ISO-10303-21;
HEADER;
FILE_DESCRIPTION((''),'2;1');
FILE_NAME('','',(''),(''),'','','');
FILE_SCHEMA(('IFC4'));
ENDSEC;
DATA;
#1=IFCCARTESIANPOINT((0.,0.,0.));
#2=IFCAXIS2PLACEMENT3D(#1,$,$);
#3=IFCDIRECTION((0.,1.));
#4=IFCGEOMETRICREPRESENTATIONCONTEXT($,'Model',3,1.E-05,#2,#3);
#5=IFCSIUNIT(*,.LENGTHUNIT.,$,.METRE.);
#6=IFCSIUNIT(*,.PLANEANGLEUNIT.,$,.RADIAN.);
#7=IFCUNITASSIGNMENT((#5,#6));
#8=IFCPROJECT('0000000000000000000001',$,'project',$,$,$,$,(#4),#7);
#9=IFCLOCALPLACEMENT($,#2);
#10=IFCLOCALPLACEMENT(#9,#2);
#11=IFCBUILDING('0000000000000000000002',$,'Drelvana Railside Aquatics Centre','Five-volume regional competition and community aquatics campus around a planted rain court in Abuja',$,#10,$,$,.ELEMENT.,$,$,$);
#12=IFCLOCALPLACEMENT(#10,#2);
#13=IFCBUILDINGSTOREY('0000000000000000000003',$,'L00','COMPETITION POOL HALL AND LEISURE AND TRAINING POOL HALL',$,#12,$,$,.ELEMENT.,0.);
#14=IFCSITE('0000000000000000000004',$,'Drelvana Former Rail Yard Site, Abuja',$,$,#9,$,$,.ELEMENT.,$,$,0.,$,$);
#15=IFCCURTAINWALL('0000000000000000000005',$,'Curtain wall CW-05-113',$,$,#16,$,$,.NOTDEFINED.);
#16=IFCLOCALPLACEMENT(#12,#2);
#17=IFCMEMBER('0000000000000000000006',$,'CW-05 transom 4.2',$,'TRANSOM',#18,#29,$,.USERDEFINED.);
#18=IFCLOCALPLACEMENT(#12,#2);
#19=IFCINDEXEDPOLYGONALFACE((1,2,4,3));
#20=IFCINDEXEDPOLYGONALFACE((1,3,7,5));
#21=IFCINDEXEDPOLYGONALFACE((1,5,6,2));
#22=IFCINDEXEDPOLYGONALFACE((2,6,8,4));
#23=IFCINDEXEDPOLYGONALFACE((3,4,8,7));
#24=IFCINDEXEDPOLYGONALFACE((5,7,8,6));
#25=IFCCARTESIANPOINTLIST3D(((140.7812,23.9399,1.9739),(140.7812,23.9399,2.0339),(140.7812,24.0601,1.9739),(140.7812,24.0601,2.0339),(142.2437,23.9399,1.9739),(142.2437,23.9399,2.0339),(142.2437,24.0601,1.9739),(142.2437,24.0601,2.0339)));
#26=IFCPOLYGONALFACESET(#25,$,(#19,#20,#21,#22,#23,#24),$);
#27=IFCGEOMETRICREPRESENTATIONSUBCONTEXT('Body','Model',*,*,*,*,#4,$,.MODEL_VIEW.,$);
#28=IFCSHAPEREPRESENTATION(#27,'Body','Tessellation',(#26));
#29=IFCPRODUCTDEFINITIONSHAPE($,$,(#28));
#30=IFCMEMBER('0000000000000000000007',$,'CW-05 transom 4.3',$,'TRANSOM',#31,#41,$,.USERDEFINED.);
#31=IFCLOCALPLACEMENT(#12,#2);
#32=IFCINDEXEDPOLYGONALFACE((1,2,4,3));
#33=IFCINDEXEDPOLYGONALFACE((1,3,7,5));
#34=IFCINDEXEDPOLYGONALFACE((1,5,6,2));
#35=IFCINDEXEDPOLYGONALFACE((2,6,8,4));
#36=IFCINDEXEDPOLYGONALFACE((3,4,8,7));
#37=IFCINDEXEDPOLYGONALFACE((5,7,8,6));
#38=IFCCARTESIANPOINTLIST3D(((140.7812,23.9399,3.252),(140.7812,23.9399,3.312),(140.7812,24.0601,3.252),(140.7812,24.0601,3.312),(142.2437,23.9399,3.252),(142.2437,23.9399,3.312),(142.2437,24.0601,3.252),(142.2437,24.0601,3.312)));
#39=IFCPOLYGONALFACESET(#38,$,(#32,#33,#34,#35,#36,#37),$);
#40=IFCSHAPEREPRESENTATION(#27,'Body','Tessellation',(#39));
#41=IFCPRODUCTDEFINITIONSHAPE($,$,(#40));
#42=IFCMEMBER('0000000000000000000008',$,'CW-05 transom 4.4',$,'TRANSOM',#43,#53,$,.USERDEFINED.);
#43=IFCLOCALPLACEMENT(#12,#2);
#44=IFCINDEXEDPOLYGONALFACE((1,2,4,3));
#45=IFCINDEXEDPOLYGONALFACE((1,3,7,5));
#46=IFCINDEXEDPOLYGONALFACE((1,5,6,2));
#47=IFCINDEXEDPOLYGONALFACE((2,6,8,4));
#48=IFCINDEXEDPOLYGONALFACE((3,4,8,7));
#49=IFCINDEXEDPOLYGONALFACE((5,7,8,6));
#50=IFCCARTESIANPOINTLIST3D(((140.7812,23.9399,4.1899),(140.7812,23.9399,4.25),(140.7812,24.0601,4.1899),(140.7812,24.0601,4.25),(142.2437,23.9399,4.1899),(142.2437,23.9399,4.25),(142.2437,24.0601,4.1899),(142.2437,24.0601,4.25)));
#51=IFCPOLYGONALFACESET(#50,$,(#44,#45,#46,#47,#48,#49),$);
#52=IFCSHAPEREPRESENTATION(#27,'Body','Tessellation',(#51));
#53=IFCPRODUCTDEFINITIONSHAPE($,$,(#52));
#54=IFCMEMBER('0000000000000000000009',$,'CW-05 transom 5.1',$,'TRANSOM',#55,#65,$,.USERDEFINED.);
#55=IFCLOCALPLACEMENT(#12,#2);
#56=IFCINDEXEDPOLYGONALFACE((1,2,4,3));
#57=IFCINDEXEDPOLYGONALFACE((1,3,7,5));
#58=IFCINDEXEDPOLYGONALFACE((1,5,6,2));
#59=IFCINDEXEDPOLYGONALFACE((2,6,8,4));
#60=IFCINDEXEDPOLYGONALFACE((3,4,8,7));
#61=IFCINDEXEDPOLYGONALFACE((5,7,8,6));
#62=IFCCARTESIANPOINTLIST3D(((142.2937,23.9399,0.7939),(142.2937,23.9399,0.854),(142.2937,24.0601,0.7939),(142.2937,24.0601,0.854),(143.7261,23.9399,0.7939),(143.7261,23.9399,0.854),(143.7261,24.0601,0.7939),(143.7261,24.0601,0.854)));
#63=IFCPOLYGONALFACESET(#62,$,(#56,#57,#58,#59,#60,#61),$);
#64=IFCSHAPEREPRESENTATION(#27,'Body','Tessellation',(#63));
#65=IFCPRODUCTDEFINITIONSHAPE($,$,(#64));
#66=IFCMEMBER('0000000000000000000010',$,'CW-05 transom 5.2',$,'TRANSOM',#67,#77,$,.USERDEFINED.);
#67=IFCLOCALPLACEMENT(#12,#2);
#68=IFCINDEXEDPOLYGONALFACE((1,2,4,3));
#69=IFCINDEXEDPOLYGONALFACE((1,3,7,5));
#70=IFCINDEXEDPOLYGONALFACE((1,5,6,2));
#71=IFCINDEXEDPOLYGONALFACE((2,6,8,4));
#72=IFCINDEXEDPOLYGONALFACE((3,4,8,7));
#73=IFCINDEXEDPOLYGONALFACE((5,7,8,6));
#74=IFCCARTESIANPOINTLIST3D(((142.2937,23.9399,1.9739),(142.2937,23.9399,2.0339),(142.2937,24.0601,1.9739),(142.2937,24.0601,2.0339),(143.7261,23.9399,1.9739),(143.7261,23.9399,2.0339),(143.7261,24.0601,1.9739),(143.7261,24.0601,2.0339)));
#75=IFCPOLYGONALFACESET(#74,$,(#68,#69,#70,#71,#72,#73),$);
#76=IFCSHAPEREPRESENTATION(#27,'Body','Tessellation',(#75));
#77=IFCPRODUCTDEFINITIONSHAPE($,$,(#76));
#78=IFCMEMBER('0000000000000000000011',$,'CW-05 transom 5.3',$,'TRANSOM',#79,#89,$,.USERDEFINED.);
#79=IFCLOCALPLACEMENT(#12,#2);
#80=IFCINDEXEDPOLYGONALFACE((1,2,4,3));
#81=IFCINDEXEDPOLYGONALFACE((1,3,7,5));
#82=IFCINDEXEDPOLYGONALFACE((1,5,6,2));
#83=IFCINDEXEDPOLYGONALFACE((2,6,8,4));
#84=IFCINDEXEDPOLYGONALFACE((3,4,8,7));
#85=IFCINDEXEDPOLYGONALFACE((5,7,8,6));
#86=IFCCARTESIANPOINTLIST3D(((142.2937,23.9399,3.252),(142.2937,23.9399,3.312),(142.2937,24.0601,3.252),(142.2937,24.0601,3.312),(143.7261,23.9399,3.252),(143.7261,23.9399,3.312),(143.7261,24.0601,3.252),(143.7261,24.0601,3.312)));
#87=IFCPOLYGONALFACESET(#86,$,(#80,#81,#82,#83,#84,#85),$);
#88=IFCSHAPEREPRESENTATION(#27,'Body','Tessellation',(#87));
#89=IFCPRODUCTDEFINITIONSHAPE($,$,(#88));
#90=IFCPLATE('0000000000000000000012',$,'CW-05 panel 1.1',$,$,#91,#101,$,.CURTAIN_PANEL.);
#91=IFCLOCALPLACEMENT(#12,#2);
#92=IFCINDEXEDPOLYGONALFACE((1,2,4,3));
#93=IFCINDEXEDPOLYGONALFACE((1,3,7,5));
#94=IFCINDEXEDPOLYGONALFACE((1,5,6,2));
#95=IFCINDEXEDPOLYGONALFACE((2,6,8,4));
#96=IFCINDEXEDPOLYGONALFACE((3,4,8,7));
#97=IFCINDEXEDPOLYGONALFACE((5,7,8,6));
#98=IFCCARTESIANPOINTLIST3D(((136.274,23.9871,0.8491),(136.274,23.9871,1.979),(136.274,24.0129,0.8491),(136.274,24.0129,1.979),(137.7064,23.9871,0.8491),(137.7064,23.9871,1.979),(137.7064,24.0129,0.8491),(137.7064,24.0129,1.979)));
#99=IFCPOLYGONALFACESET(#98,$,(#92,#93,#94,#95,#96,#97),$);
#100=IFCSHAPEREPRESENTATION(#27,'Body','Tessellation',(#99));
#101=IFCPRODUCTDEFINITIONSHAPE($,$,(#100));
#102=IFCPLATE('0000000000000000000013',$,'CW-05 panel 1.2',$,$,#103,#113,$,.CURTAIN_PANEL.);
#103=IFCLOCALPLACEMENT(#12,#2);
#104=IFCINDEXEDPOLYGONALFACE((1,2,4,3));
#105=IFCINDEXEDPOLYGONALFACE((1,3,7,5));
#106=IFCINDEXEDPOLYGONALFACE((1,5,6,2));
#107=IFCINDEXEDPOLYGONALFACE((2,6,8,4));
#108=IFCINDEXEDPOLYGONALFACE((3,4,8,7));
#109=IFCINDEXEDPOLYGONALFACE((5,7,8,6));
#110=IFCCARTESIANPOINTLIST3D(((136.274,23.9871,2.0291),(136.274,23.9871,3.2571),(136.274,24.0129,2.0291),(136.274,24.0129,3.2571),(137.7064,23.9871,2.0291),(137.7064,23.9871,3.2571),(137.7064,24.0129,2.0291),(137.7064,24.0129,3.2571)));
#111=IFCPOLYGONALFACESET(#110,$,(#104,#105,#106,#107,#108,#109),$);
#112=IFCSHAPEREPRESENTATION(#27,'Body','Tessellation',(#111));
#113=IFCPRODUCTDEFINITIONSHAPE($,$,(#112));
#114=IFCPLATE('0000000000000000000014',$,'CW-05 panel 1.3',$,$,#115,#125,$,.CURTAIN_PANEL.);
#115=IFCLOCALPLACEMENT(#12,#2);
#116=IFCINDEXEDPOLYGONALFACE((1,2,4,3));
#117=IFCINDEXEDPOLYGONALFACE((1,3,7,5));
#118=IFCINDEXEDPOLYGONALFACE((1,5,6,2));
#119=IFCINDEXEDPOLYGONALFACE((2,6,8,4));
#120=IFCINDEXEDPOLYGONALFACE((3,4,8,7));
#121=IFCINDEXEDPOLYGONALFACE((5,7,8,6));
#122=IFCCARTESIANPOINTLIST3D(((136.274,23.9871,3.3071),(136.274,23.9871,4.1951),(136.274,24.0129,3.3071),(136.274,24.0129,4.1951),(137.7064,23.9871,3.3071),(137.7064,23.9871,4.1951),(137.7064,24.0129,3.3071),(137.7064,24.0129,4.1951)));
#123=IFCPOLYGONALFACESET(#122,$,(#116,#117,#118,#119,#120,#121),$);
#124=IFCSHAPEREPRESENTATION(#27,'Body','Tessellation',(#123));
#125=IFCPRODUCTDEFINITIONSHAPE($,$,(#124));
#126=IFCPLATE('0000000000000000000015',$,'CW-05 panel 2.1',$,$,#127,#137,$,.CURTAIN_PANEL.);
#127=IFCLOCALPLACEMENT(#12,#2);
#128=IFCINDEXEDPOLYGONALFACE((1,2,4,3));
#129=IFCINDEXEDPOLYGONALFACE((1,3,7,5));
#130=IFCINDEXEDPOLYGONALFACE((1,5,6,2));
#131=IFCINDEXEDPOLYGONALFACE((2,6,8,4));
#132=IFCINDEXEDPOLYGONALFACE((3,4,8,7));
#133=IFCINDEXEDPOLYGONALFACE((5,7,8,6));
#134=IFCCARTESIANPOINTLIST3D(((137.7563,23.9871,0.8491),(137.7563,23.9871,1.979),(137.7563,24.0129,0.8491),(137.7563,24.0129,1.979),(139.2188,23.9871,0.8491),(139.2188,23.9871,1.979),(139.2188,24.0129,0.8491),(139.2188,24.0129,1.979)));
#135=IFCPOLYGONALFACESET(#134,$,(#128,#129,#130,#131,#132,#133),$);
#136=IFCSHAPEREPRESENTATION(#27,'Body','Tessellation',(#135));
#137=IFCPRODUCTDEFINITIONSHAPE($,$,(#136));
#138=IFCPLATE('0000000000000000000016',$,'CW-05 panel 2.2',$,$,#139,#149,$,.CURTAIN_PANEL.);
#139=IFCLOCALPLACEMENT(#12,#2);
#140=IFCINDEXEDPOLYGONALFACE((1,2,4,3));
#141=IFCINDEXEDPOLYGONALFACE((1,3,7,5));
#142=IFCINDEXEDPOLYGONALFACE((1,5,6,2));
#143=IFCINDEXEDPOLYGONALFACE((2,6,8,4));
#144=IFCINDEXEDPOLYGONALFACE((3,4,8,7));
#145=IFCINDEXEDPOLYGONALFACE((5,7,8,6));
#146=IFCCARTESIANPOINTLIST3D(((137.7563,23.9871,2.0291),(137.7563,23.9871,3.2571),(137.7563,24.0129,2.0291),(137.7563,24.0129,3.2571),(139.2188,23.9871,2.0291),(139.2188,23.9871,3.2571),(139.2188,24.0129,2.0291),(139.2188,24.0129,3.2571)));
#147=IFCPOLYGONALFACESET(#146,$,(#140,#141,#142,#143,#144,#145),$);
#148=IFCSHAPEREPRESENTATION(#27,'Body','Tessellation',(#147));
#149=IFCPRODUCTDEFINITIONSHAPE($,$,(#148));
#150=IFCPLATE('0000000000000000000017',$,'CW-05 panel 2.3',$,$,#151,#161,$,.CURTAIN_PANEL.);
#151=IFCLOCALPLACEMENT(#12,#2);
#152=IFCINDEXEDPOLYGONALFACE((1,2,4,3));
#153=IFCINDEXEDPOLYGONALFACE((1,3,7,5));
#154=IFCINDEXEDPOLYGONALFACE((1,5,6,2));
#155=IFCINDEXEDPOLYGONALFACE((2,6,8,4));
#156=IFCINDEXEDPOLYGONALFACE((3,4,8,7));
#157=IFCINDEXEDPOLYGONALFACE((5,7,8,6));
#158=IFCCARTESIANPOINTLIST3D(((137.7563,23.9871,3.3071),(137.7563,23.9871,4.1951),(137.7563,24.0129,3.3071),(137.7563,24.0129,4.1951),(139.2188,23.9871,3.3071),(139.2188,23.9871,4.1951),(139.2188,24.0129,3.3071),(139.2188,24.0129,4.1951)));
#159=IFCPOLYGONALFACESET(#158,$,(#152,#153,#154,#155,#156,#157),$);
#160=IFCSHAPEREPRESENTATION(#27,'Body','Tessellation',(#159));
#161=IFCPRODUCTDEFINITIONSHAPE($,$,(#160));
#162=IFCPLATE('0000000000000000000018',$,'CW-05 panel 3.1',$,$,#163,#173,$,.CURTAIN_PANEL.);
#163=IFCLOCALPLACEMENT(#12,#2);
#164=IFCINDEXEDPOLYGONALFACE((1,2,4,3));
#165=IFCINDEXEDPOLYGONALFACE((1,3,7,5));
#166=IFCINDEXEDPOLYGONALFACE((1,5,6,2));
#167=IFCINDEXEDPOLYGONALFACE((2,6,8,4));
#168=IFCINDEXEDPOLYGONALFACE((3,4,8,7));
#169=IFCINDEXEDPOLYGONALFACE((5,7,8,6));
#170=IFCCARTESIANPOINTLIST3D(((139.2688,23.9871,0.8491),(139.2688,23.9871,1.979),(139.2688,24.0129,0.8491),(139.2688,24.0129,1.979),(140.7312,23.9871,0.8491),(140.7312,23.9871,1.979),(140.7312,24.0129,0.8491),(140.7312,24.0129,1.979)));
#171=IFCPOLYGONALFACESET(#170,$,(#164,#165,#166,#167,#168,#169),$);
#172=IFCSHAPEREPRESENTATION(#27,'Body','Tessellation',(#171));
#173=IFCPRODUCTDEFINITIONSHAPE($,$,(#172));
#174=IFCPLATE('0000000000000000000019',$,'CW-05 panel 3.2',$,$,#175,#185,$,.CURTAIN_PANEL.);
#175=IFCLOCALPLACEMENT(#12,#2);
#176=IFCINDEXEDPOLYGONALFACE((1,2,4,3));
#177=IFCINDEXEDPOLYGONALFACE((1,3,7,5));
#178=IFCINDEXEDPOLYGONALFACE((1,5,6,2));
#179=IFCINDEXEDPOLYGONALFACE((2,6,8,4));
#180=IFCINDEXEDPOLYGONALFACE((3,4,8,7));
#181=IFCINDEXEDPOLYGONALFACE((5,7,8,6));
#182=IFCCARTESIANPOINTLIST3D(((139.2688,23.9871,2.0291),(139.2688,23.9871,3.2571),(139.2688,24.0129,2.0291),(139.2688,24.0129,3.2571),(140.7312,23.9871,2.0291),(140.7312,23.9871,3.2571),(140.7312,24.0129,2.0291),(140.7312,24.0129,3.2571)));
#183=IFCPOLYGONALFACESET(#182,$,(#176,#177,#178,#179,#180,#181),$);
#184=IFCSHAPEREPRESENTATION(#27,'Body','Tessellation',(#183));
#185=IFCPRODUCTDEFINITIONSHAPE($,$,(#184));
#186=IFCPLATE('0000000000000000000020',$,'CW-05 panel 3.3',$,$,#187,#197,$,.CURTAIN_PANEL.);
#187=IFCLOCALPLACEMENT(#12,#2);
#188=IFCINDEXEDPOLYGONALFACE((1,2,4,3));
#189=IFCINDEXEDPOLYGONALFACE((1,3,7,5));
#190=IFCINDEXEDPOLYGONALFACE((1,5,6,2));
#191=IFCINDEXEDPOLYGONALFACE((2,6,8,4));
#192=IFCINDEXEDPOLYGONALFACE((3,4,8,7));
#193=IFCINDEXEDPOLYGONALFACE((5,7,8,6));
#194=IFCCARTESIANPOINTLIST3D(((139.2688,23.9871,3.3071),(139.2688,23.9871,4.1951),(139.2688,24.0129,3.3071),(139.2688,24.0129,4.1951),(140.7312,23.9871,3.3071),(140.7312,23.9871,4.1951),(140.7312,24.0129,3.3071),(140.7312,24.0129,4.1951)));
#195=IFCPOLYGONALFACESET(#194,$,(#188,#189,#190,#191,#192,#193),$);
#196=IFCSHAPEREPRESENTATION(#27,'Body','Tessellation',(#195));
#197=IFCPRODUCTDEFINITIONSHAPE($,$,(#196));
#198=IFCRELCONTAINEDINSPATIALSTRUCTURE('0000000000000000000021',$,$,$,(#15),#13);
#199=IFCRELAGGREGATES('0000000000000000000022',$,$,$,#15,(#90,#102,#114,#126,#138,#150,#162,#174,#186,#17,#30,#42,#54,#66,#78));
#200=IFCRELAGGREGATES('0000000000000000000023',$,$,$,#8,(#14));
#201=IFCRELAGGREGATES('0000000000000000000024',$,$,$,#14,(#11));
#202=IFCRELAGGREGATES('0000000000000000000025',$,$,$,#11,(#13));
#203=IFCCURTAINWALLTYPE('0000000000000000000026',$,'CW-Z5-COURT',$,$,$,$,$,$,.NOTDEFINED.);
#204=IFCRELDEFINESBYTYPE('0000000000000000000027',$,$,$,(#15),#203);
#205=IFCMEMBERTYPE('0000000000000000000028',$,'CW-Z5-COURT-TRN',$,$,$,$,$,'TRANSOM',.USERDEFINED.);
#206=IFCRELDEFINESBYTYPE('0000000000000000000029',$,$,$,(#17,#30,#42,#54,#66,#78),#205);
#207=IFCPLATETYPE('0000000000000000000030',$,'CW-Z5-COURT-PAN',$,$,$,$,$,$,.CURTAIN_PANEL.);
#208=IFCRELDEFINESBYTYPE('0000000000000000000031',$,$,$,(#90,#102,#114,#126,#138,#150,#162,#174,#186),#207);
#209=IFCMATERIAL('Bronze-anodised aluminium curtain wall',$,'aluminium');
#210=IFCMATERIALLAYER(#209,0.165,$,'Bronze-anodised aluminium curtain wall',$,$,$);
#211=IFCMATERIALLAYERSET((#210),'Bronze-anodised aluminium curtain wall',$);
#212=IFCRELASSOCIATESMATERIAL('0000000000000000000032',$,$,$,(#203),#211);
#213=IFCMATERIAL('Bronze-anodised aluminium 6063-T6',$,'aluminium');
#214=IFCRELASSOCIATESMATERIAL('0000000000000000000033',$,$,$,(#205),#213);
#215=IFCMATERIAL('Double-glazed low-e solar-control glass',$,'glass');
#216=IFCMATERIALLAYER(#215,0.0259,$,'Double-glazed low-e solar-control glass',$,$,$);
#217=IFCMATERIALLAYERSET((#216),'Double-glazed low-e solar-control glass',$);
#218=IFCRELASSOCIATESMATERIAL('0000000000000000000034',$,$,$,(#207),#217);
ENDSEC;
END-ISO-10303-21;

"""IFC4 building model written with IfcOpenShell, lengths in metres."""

from ifc_helpers import new_model, si_unit, direction, frame, origin, origin_2d, place, context, subcontext, project, spatial, rectangle, extrude, material, layer, layer_set, material_profile, profile_set, type_object, element, aggregate, save


model = new_model("IFC4")

# Units and contexts
model_context = context("Model", 3, precision=1e-05, world=origin(), true_north=direction((0.0, 1.0)))
body_context = subcontext(model_context, "Body", "Model", "MODEL_VIEW")
ifc_project = project(units=[si_unit("LENGTHUNIT", "METRE"), si_unit("PLANEANGLEUNIT", "RADIAN")], contexts=[model_context])

# Site, building, storey
site_placement = place(None, origin())
site = spatial("IfcSite", under=ifc_project, at=site_placement, Name="Drelvana Former Rail Yard Site, Abuja", CompositionType="ELEMENT", RefElevation=0.0)
building_placement = place(site_placement, origin())
building = spatial("IfcBuilding", under=site, at=building_placement, Name="Drelvana Railside Aquatics Centre", Description="Five-volume regional competition and community aquatics campus around a planted rain court in Abuja", CompositionType="ELEMENT")
storey_placement = place(building_placement, origin())
storey = spatial("IfcBuildingStorey", under=building, at=storey_placement, Name="L00", Description="COMPETITION POOL HALL AND LEISURE AND TRAINING POOL HALL", CompositionType="ELEMENT", Elevation=0.0)

# Curtain wall, members, plates
ifc_material_1 = material(Name="Bronze-anodised aluminium curtain wall", Category="aluminium")
ifc_layer_1 = layer(ifc_material_1, 0.165, Name="Bronze-anodised aluminium curtain wall")
ifc_layer_set_1 = layer_set([ifc_layer_1], Name="Bronze-anodised aluminium curtain wall")
curtain_wall_type = type_object("IfcCurtainWallType", Name="CW-Z5-COURT", PredefinedType="NOTDEFINED", material=ifc_layer_set_1)
curtain_wall_placement = place(storey_placement, origin())
curtain_wall = element("IfcCurtainWall", 1, at=curtain_wall_placement, inside=storey, type_object=curtain_wall_type, Name="Curtain wall CW-05-113", PredefinedType="NOTDEFINED")
ifc_material_2 = material(Name="Bronze-anodised aluminium 6063-T6", Category="aluminium")
ifc_material_profile_1 = material_profile(ifc_material_2, rectangle(XDim=0.1201, YDim=0.0601, at=origin_2d()), Name="ALU-T 60x120")
ifc_profile_set_1 = profile_set([ifc_material_profile_1], Name="Bronze-anodised aluminium 6063-T6")
member_type_1 = type_object("IfcMemberType", Name="CW-Z5-COURT-TRN", ElementType="TRANSOM", PredefinedType="USERDEFINED", material=ifc_profile_set_1)
member_1_placement = place(storey_placement, frame((140.7812, 24.0, 2.0039), z_axis=(1.0, 0.0, 0.0), x_axis=(0.0, 1.0, 0.0)))
member_1 = element("IfcMember", 2, at=member_1_placement, type_object=member_type_1, Name="CW-05 transom 4.2", ObjectType="TRANSOM", PredefinedType="USERDEFINED", context=body_context, shape_type="SweptSolid", body=[
    extrude(rectangle(XDim=0.1201, YDim=0.0601, at=origin_2d()), origin(), (0.0, 0.0, 1.0), 1.4624),
])
member_2_placement = place(storey_placement, frame((140.7812, 24.0, 3.282), z_axis=(1.0, 0.0, 0.0), x_axis=(0.0, 1.0, 0.0)))
member_2 = element("IfcMember", 3, at=member_2_placement, type_object=member_type_1, Name="CW-05 transom 4.3", ObjectType="TRANSOM", PredefinedType="USERDEFINED", context=body_context, shape_type="SweptSolid", body=[
    extrude(rectangle(XDim=0.1201, YDim=0.0601, at=origin_2d()), origin(), (0.0, 0.0, 1.0), 1.4624),
])
member_3_placement = place(storey_placement, frame((140.7812, 24.0, 4.22), z_axis=(1.0, 0.0, 0.0), x_axis=(0.0, 1.0, 0.0)))
member_3 = element("IfcMember", 4, at=member_3_placement, type_object=member_type_1, Name="CW-05 transom 4.4", ObjectType="TRANSOM", PredefinedType="USERDEFINED", context=body_context, shape_type="SweptSolid", body=[
    extrude(rectangle(XDim=0.1201, YDim=0.0601, at=origin_2d()), origin(), (0.0, 0.0, 1.0), 1.4624),
])
member_4_placement = place(storey_placement, frame((142.2937, 24.0, 0.824), z_axis=(1.0, 0.0, 0.0), x_axis=(0.0, 1.0, 0.0)))
member_4 = element("IfcMember", 5, at=member_4_placement, type_object=member_type_1, Name="CW-05 transom 5.1", ObjectType="TRANSOM", PredefinedType="USERDEFINED", context=body_context, shape_type="SweptSolid", body=[
    extrude(rectangle(XDim=0.1201, YDim=0.0601, at=origin_2d()), origin(), (0.0, 0.0, 1.0), 1.4324),
])
member_5_placement = place(storey_placement, frame((142.2937, 24.0, 2.0039), z_axis=(1.0, 0.0, 0.0), x_axis=(0.0, 1.0, 0.0)))
member_5 = element("IfcMember", 6, at=member_5_placement, type_object=member_type_1, Name="CW-05 transom 5.2", ObjectType="TRANSOM", PredefinedType="USERDEFINED", context=body_context, shape_type="SweptSolid", body=[
    extrude(rectangle(XDim=0.1201, YDim=0.0601, at=origin_2d()), origin(), (0.0, 0.0, 1.0), 1.4324),
])
member_6_placement = place(storey_placement, frame((142.2937, 24.0, 3.282), z_axis=(1.0, 0.0, 0.0), x_axis=(0.0, 1.0, 0.0)))
member_6 = element("IfcMember", 7, at=member_6_placement, type_object=member_type_1, Name="CW-05 transom 5.3", ObjectType="TRANSOM", PredefinedType="USERDEFINED", context=body_context, shape_type="SweptSolid", body=[
    extrude(rectangle(XDim=0.1201, YDim=0.0601, at=origin_2d()), origin(), (0.0, 0.0, 1.0), 1.4324),
])
ifc_material_3 = material(Name="Double-glazed low-e solar-control glass", Category="glass")
ifc_layer_2 = layer(ifc_material_3, 0.0259, Name="Double-glazed low-e solar-control glass")
ifc_layer_set_2 = layer_set([ifc_layer_2], Name="Double-glazed low-e solar-control glass")
plate_type = type_object("IfcPlateType", Name="CW-Z5-COURT-PAN", PredefinedType="CURTAIN_PANEL", material=ifc_layer_set_2)
plate_1_placement = place(storey_placement, frame((136.9902, 24.0, 0.8491), z_axis=(0.0, 0.0, 1.0), x_axis=(1.0, 0.0, 0.0)))
plate_1 = element("IfcPlate", 8, at=plate_1_placement, type_object=plate_type, Name="CW-05 panel 1.1", PredefinedType="CURTAIN_PANEL", context=body_context, shape_type="SweptSolid", body=[
    extrude(rectangle(XDim=1.4324, YDim=0.0259, at=origin_2d()), origin(), (0.0, 0.0, 1.0), 1.1299),
])
plate_2_placement = place(storey_placement, frame((136.9902, 24.0, 2.0291), z_axis=(0.0, 0.0, 1.0), x_axis=(1.0, 0.0, 0.0)))
plate_2 = element("IfcPlate", 9, at=plate_2_placement, type_object=plate_type, Name="CW-05 panel 1.2", PredefinedType="CURTAIN_PANEL", context=body_context, shape_type="SweptSolid", body=[
    extrude(rectangle(XDim=1.4324, YDim=0.0259, at=origin_2d()), origin(), (0.0, 0.0, 1.0), 1.228),
])
plate_3_placement = place(storey_placement, frame((136.9902, 24.0, 3.3071), z_axis=(0.0, 0.0, 1.0), x_axis=(1.0, 0.0, 0.0)))
plate_3 = element("IfcPlate", 10, at=plate_3_placement, type_object=plate_type, Name="CW-05 panel 1.3", PredefinedType="CURTAIN_PANEL", context=body_context, shape_type="SweptSolid", body=[
    extrude(rectangle(XDim=1.4324, YDim=0.0259, at=origin_2d()), origin(), (0.0, 0.0, 1.0), 0.8879),
])
plate_4_placement = place(storey_placement, frame((138.4875, 24.0, 0.8491), z_axis=(0.0, 0.0, 1.0), x_axis=(1.0, 0.0, 0.0)))
plate_4 = element("IfcPlate", 11, at=plate_4_placement, type_object=plate_type, Name="CW-05 panel 2.1", PredefinedType="CURTAIN_PANEL", context=body_context, shape_type="SweptSolid", body=[
    extrude(rectangle(XDim=1.4624, YDim=0.0259, at=origin_2d()), origin(), (0.0, 0.0, 1.0), 1.1299),
])
plate_5_placement = place(storey_placement, frame((138.4875, 24.0, 2.0291), z_axis=(0.0, 0.0, 1.0), x_axis=(1.0, 0.0, 0.0)))
plate_5 = element("IfcPlate", 12, at=plate_5_placement, type_object=plate_type, Name="CW-05 panel 2.2", PredefinedType="CURTAIN_PANEL", context=body_context, shape_type="SweptSolid", body=[
    extrude(rectangle(XDim=1.4624, YDim=0.0259, at=origin_2d()), origin(), (0.0, 0.0, 1.0), 1.228),
])
plate_6_placement = place(storey_placement, frame((138.4875, 24.0, 3.3071), z_axis=(0.0, 0.0, 1.0), x_axis=(1.0, 0.0, 0.0)))
plate_6 = element("IfcPlate", 13, at=plate_6_placement, type_object=plate_type, Name="CW-05 panel 2.3", PredefinedType="CURTAIN_PANEL", context=body_context, shape_type="SweptSolid", body=[
    extrude(rectangle(XDim=1.4624, YDim=0.0259, at=origin_2d()), origin(), (0.0, 0.0, 1.0), 0.8879),
])
plate_7_placement = place(storey_placement, frame((140.0, 24.0, 0.8491), z_axis=(0.0, 0.0, 1.0), x_axis=(1.0, 0.0, 0.0)))
plate_7 = element("IfcPlate", 14, at=plate_7_placement, type_object=plate_type, Name="CW-05 panel 3.1", PredefinedType="CURTAIN_PANEL", context=body_context, shape_type="SweptSolid", body=[
    extrude(rectangle(XDim=1.4624, YDim=0.0259, at=origin_2d()), origin(), (0.0, 0.0, 1.0), 1.1299),
])
plate_8_placement = place(storey_placement, frame((140.0, 24.0, 2.0291), z_axis=(0.0, 0.0, 1.0), x_axis=(1.0, 0.0, 0.0)))
plate_8 = element("IfcPlate", 15, at=plate_8_placement, type_object=plate_type, Name="CW-05 panel 3.2", PredefinedType="CURTAIN_PANEL", context=body_context, shape_type="SweptSolid", body=[
    extrude(rectangle(XDim=1.4624, YDim=0.0259, at=origin_2d()), origin(), (0.0, 0.0, 1.0), 1.228),
])
plate_9_placement = place(storey_placement, frame((140.0, 24.0, 3.3071), z_axis=(0.0, 0.0, 1.0), x_axis=(1.0, 0.0, 0.0)))
plate_9 = element("IfcPlate", 16, at=plate_9_placement, type_object=plate_type, Name="CW-05 panel 3.3", PredefinedType="CURTAIN_PANEL", context=body_context, shape_type="SweptSolid", body=[
    extrude(rectangle(XDim=1.4624, YDim=0.0259, at=origin_2d()), origin(), (0.0, 0.0, 1.0), 0.8879),
])
aggregate(curtain_wall, [plate_1, plate_2, plate_3, plate_4, plate_5, plate_6, plate_7, plate_8, plate_9, member_1, member_2, member_3, member_4, member_5, member_6])

save(model, "model.ifc")
